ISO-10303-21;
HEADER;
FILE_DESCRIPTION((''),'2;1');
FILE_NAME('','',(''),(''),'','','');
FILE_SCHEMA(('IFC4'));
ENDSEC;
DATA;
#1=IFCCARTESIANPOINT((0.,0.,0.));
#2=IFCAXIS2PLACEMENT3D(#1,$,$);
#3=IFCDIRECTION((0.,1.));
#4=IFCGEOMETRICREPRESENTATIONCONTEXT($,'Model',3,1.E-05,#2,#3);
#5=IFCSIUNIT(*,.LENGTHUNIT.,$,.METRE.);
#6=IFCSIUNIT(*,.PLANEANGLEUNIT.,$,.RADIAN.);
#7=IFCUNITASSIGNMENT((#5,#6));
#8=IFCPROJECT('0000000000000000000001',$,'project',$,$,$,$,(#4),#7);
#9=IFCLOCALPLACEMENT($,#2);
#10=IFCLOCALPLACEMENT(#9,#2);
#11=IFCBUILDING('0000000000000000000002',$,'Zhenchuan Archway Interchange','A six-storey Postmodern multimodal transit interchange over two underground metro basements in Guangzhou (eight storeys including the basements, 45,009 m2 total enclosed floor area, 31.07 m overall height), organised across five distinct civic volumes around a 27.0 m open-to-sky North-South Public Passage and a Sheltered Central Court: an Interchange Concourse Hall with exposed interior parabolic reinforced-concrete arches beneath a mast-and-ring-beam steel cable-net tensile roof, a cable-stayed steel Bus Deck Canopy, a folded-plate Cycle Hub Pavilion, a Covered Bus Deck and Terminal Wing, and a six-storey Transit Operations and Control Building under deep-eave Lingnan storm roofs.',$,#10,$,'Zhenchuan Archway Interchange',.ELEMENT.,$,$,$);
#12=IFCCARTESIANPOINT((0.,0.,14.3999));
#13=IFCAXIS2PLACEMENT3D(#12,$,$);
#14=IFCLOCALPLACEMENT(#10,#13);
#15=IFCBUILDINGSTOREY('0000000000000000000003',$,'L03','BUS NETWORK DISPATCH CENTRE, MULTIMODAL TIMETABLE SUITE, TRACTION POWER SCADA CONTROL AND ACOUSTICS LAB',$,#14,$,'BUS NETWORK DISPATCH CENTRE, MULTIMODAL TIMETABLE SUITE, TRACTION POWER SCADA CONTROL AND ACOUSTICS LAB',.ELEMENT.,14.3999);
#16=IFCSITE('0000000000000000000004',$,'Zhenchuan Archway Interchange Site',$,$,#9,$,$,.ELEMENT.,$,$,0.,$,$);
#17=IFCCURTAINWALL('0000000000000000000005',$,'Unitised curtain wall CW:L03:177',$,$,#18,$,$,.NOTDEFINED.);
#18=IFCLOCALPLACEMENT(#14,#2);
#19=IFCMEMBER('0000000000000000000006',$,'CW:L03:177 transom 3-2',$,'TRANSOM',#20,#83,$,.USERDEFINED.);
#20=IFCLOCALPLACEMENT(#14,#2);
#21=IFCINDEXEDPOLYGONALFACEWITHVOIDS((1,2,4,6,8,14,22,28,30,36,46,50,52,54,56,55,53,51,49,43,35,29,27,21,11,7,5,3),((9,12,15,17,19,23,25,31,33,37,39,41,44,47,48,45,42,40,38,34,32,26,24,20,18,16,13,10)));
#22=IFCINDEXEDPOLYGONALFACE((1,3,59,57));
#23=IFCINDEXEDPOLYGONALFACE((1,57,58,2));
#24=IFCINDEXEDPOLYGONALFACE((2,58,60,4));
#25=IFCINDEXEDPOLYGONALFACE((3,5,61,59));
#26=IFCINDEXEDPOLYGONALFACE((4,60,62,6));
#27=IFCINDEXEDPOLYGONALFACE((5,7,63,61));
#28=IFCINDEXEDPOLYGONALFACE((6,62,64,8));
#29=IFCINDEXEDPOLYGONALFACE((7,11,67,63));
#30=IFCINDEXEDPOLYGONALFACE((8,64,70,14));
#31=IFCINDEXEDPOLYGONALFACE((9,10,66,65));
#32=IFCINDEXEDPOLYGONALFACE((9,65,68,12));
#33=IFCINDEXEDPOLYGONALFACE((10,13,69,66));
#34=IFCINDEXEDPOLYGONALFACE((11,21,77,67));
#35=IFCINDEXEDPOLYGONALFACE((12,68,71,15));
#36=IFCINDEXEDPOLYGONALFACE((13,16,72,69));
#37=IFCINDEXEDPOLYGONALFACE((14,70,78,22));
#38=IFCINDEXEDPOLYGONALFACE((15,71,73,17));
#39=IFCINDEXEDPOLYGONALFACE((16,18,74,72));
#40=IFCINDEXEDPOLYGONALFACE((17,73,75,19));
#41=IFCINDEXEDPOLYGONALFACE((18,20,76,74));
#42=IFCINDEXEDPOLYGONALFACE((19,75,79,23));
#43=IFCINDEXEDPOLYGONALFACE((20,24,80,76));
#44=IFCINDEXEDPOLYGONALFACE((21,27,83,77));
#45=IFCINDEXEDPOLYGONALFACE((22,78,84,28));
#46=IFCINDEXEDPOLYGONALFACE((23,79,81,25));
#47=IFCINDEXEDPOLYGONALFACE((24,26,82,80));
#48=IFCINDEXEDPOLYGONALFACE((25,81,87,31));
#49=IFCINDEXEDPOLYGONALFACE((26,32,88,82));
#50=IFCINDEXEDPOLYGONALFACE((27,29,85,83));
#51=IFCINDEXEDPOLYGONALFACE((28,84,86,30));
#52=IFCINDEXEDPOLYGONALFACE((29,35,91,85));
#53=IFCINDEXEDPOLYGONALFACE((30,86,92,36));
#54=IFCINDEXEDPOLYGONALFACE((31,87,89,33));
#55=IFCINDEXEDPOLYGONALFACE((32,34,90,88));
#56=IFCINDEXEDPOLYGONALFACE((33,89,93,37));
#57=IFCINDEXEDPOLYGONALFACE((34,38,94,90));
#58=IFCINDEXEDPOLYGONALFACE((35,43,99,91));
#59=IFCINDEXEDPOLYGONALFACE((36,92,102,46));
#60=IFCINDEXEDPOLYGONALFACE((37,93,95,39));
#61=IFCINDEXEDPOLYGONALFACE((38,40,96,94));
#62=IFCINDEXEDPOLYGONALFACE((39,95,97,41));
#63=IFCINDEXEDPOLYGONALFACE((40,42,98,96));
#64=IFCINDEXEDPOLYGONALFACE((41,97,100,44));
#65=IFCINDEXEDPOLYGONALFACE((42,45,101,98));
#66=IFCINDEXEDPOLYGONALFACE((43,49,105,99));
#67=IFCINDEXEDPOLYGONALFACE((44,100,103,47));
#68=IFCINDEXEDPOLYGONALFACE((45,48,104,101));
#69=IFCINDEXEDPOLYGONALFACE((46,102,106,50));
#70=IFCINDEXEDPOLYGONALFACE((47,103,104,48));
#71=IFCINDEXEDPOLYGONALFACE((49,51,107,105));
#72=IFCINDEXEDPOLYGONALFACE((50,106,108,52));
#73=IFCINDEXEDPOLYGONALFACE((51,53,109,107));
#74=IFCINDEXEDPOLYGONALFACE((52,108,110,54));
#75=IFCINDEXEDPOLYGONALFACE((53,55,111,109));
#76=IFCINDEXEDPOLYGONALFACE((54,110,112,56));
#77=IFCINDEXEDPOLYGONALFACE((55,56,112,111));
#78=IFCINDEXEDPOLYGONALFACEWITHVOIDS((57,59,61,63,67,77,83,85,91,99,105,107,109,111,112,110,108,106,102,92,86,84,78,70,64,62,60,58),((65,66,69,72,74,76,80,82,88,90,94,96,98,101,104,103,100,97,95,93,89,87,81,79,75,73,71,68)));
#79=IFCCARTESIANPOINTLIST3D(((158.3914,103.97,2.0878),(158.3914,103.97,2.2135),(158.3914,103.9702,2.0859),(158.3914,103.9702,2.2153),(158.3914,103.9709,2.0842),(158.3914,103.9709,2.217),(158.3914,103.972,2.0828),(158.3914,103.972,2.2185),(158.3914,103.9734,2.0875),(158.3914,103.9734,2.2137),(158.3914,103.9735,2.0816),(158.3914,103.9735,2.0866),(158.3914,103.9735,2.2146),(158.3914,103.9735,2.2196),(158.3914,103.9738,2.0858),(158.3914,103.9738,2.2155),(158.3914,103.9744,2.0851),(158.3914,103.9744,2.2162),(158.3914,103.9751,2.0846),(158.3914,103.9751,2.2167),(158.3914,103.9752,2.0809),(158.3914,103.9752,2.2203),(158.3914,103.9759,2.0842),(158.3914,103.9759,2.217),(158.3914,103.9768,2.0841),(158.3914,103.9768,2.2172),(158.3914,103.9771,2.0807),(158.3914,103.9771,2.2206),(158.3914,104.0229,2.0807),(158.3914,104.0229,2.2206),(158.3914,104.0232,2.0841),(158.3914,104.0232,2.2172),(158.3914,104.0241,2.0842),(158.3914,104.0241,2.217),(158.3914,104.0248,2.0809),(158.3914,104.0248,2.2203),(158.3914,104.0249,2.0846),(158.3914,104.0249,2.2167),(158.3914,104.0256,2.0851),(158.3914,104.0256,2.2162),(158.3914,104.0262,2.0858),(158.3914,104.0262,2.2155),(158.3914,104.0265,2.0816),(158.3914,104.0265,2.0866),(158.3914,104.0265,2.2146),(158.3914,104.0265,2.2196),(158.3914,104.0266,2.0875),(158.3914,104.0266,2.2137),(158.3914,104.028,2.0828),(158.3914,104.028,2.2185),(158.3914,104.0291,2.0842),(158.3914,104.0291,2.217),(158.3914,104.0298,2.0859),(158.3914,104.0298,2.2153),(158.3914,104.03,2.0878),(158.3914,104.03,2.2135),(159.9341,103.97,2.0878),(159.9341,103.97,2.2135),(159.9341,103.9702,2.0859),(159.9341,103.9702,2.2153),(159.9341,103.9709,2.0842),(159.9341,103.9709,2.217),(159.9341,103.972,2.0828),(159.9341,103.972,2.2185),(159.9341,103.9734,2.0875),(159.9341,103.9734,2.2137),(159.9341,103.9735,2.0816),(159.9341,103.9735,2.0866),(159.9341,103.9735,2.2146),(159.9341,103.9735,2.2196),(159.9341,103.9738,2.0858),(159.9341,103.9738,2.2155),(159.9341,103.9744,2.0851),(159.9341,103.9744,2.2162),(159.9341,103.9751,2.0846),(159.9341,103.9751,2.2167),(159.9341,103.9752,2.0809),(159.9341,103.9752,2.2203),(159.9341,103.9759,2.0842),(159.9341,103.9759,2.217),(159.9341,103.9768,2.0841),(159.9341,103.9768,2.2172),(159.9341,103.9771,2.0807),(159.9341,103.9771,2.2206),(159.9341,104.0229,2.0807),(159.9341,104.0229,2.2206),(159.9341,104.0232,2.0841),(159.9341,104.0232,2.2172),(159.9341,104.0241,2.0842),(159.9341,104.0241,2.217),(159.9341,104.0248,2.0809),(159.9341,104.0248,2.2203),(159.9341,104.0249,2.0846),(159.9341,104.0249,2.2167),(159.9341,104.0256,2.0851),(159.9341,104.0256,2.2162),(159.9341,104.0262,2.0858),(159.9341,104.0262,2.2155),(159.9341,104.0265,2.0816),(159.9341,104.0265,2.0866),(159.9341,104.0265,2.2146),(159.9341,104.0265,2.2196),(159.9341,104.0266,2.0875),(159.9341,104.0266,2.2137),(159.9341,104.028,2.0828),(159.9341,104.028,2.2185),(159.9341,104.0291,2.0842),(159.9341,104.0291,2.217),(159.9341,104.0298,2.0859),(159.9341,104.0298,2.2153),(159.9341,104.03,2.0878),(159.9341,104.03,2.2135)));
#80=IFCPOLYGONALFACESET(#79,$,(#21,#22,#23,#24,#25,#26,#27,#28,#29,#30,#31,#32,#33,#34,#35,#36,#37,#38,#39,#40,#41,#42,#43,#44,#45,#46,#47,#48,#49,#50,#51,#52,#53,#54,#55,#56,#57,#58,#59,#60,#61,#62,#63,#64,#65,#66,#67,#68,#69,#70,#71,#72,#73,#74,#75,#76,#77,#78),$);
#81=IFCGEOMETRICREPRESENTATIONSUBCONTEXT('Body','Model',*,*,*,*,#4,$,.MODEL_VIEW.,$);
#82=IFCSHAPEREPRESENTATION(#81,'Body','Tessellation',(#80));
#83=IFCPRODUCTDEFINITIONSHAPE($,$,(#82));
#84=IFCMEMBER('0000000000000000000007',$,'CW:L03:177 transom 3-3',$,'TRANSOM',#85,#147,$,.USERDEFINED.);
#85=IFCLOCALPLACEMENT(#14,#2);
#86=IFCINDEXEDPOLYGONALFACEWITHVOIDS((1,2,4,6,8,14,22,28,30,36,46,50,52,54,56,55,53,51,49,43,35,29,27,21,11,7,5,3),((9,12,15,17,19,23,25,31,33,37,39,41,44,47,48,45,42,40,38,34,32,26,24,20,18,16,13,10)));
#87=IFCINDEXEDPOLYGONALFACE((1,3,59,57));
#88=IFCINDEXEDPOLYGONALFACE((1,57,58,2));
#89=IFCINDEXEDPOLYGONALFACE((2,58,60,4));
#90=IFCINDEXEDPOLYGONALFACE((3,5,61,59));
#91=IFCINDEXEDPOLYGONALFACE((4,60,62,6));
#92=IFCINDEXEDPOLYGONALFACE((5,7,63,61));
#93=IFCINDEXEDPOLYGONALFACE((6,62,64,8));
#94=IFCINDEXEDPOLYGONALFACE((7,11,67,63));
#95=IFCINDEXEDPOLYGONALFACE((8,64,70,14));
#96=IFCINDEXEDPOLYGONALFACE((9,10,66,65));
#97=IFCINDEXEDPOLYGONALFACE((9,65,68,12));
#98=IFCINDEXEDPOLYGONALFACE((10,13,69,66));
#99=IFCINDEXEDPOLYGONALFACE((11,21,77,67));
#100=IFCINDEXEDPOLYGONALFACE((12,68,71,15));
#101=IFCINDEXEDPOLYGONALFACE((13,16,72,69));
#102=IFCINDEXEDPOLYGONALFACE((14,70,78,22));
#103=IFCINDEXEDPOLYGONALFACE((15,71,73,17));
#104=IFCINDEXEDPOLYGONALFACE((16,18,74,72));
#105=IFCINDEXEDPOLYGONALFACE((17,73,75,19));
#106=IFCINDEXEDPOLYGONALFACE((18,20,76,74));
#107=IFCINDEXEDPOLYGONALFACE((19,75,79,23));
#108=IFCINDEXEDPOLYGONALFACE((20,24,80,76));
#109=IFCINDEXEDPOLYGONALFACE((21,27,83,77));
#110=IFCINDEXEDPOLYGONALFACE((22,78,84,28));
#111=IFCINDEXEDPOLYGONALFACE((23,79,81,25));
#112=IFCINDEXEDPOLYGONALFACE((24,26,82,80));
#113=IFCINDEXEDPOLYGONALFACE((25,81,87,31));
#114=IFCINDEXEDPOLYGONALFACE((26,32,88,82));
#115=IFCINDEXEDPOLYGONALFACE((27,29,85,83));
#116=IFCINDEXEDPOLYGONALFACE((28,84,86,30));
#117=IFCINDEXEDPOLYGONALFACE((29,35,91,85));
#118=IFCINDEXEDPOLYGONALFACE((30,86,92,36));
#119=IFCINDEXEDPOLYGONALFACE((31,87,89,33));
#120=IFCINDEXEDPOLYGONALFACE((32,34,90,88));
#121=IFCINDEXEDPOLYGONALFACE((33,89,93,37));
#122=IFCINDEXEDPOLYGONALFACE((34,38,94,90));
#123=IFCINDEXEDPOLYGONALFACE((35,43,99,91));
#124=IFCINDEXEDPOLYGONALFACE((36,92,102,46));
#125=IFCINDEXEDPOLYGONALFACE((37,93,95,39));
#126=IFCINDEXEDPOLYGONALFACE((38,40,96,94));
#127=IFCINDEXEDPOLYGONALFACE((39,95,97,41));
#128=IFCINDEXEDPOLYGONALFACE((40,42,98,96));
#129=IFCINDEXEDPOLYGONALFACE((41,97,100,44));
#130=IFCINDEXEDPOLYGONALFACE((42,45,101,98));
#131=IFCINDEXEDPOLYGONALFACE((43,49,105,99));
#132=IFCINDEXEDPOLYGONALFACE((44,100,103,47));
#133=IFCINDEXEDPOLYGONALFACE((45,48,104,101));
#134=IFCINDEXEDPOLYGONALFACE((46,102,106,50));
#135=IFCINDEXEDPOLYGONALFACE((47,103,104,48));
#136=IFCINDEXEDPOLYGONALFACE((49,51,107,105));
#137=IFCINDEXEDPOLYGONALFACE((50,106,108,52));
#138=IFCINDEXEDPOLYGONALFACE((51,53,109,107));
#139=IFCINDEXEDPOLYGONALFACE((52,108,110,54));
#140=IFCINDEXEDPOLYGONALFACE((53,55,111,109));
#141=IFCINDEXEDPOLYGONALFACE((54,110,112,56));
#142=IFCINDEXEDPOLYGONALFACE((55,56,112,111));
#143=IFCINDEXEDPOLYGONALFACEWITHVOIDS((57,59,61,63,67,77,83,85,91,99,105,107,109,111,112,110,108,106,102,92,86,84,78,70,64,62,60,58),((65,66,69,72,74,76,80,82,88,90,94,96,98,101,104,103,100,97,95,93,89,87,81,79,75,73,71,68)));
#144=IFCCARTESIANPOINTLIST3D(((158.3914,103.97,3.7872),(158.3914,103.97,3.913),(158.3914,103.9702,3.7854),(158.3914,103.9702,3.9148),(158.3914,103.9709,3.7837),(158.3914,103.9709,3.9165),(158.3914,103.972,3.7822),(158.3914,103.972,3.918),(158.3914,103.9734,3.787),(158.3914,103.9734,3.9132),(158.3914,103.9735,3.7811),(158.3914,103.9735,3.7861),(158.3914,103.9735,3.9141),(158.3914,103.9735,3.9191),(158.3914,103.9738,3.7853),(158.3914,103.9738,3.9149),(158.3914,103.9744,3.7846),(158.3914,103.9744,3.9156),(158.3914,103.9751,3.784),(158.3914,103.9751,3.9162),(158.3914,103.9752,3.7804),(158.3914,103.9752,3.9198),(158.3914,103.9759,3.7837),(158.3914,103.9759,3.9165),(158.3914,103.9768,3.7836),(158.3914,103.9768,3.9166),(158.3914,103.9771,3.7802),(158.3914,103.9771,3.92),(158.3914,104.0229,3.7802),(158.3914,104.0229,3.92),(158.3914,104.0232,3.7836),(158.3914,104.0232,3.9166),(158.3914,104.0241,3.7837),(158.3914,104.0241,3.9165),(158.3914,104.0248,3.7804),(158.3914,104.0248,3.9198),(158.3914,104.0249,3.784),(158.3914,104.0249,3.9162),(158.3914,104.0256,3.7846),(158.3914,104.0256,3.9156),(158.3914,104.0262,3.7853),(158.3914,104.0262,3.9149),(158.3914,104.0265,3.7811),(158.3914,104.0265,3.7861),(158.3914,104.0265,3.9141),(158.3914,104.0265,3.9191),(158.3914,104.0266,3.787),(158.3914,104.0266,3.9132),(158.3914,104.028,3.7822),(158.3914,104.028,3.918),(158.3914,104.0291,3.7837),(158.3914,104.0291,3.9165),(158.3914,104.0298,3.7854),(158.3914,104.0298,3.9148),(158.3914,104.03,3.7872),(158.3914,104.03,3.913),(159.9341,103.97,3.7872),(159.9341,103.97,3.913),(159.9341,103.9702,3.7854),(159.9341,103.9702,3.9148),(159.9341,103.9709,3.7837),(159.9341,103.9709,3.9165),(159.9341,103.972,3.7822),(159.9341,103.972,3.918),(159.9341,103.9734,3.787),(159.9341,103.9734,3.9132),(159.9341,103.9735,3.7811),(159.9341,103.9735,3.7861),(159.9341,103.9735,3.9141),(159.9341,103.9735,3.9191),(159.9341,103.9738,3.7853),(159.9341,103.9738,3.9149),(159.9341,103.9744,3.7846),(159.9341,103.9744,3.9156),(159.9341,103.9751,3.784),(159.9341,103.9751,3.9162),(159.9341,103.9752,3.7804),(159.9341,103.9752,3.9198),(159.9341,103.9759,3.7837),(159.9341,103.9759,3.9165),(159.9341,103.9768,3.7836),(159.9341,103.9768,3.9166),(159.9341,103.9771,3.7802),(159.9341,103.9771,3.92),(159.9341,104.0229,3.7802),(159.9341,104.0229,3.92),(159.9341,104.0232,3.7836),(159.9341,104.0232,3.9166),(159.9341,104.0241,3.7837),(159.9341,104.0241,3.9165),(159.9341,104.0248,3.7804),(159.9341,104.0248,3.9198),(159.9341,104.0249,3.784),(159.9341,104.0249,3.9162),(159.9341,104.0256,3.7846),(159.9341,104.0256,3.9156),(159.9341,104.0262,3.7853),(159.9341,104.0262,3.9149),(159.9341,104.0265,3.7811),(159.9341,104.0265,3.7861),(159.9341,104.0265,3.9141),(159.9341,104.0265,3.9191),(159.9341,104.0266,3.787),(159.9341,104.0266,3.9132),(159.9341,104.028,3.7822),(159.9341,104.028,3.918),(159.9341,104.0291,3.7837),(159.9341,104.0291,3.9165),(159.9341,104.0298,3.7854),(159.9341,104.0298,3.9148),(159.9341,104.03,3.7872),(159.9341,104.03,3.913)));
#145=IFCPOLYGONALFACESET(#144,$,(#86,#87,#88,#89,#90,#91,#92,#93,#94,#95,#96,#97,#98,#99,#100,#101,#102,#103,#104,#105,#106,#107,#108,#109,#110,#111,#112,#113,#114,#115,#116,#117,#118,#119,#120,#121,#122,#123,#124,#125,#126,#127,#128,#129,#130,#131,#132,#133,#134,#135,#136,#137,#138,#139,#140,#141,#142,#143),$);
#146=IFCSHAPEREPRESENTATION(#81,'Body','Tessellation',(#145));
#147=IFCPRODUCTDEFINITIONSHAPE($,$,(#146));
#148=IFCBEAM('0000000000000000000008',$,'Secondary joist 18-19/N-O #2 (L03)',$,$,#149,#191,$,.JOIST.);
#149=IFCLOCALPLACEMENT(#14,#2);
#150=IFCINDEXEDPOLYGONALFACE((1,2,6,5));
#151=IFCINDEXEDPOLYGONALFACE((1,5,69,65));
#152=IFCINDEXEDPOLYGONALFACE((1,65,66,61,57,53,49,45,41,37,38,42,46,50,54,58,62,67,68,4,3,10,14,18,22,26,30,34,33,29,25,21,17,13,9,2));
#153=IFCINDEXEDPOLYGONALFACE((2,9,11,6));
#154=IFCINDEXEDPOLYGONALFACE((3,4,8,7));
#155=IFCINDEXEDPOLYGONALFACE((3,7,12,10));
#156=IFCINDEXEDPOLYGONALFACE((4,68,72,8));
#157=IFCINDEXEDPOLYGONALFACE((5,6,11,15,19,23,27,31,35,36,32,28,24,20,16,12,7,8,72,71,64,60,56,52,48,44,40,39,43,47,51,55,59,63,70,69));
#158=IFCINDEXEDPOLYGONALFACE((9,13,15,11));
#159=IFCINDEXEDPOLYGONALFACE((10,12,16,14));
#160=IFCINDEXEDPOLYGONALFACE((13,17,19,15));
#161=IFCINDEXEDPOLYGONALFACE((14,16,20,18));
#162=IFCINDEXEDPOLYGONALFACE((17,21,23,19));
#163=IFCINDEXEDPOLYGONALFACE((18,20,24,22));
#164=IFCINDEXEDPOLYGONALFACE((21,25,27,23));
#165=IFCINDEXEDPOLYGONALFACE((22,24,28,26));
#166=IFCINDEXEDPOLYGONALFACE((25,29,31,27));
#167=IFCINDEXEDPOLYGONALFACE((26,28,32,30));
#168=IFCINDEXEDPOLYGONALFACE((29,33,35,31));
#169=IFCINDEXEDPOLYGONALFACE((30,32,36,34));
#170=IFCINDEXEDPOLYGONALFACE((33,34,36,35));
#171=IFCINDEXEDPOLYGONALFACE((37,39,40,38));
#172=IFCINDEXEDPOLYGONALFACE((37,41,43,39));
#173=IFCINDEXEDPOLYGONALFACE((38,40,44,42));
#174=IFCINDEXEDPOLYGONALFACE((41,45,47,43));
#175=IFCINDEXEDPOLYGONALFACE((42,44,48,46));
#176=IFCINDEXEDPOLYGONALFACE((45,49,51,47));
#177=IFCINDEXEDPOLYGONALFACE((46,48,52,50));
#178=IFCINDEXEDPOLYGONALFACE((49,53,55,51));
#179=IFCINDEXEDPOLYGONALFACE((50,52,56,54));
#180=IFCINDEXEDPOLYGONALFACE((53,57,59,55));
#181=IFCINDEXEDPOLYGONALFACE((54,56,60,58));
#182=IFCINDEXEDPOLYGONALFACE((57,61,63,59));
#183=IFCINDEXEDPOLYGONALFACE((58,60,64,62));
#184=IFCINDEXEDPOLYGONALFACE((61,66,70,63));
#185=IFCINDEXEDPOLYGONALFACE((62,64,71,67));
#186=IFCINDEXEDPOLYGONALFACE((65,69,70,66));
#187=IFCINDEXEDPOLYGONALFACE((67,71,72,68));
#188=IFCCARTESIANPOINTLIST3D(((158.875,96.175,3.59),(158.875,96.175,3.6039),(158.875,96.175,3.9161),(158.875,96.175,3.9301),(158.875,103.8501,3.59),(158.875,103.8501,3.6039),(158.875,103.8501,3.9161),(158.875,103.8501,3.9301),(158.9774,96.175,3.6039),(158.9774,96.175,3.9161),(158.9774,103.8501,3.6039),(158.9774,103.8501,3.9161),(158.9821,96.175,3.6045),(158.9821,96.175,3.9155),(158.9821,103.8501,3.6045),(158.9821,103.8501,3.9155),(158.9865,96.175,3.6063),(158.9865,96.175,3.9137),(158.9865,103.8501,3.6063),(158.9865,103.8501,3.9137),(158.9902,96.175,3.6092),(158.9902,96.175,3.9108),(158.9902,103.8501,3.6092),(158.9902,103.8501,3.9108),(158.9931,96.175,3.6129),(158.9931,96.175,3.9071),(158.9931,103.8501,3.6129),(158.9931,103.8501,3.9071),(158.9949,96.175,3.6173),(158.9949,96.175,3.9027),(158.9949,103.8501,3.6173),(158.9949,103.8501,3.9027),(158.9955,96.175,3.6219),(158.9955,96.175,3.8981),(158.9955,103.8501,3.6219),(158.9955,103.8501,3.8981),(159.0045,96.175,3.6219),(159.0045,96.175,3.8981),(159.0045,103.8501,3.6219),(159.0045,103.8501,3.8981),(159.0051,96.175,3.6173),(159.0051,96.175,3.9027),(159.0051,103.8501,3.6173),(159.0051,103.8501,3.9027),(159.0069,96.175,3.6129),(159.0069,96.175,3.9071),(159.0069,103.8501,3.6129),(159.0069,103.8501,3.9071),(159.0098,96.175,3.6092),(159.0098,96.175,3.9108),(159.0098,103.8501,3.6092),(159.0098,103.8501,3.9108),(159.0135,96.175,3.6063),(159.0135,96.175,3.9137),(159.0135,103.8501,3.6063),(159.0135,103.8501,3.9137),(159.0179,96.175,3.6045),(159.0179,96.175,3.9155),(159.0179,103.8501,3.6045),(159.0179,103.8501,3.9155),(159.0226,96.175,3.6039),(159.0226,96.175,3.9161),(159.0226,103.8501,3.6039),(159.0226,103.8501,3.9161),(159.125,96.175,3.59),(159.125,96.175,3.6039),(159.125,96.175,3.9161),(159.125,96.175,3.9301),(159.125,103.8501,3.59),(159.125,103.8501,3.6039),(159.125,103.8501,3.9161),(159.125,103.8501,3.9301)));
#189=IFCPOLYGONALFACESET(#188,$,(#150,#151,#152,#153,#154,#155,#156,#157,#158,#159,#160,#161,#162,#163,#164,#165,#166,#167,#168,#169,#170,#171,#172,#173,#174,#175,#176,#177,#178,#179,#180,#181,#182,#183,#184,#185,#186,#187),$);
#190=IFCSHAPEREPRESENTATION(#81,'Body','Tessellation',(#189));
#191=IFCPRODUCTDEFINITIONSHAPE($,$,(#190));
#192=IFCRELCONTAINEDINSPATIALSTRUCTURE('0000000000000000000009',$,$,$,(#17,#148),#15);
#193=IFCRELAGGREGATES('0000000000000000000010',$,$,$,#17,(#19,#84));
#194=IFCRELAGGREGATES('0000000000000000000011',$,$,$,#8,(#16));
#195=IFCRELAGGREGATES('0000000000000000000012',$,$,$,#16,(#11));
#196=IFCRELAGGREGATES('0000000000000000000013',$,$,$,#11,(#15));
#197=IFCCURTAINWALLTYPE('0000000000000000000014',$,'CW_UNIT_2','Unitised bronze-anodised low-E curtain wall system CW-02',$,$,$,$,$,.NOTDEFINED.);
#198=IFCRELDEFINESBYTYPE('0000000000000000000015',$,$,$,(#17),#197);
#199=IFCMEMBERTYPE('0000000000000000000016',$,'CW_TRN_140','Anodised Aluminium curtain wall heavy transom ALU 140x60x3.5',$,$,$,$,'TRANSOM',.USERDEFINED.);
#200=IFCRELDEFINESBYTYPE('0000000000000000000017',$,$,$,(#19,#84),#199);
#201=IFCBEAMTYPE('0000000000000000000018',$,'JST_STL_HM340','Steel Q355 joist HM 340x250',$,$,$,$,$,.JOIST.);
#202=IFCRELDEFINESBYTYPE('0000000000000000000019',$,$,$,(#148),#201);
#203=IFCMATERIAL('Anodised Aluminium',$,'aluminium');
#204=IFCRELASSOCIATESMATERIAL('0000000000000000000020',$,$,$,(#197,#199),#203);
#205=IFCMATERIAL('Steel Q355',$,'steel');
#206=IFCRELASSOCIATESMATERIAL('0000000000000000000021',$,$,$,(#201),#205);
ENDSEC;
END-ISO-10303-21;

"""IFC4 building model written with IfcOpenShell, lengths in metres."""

from ifc_helpers import new_model, si_unit, direction, frame, origin, origin_2d, place, context, subcontext, project, spatial, hollow_rectangle, i_section, extrude, material, material_profile, profile_set, type_object, element, aggregate, save


model = new_model("IFC4")

# Units and contexts
model_context = context("Model", 3, precision=1e-05, world=origin(), true_north=direction((0.0, 1.0)))
body_context = subcontext(model_context, "Body", "Model", "MODEL_VIEW")
ifc_project = project(units=[si_unit("LENGTHUNIT", "METRE"), si_unit("PLANEANGLEUNIT", "RADIAN")], contexts=[model_context])

# Site, building, storey
site_placement = place(None, origin())
site = spatial("IfcSite", under=ifc_project, at=site_placement, Name="Zhenchuan Archway Interchange Site", CompositionType="ELEMENT", RefElevation=0.0)
building_placement = place(site_placement, origin())
building = spatial("IfcBuilding", under=site, at=building_placement, Name="Zhenchuan Archway Interchange", Description="A six-storey Postmodern multimodal transit interchange over two underground metro basements in Guangzhou (eight storeys including the basements, 45,009 m2 total enclosed floor area, 31.07 m overall height), organised across five distinct civic volumes around a 27.0 m open-to-sky North-South Public Passage and a Sheltered Central Court: an Interchange Concourse Hall with exposed interior parabolic reinforced-concrete arches beneath a mast-and-ring-beam steel cable-net tensile roof, a cable-stayed steel Bus Deck Canopy, a folded-plate Cycle Hub Pavilion, a Covered Bus Deck and Terminal Wing, and a six-storey Transit Operations and Control Building under deep-eave Lingnan storm roofs.", LongName="Zhenchuan Archway Interchange", CompositionType="ELEMENT")
storey_placement = place(building_placement, frame((0.0, 0.0, 14.3999)))
storey = spatial("IfcBuildingStorey", under=building, at=storey_placement, Name="L03", Description="BUS NETWORK DISPATCH CENTRE, MULTIMODAL TIMETABLE SUITE, TRACTION POWER SCADA CONTROL AND ACOUSTICS LAB", LongName="BUS NETWORK DISPATCH CENTRE, MULTIMODAL TIMETABLE SUITE, TRACTION POWER SCADA CONTROL AND ACOUSTICS LAB", CompositionType="ELEMENT", Elevation=14.3999)

# Curtain wall, members
ifc_material_1 = material(Name="Anodised Aluminium", Category="aluminium")
curtain_wall_type = type_object("IfcCurtainWallType", Name="CW_UNIT_2", Description="Unitised bronze-anodised low-E curtain wall system CW-02", PredefinedType="NOTDEFINED", material=ifc_material_1)
curtain_wall_placement = place(storey_placement, origin())
curtain_wall = element("IfcCurtainWall", 1, at=curtain_wall_placement, inside=storey, type_object=curtain_wall_type, Name="Unitised curtain wall CW:L03:177", PredefinedType="NOTDEFINED")
ifc_material_profile_1 = material_profile(ifc_material_1, hollow_rectangle(XDim=0.0601, YDim=0.1399, WallThickness=0.0034, InnerFilletRadius=0.0034, OuterFilletRadius=0.0071, at=origin_2d()), Name="ALU 140x60x3.5")
ifc_profile_set_1 = profile_set([ifc_material_profile_1], Name="Anodised Aluminium")
member_type_1 = type_object("IfcMemberType", Name="CW_TRN_140", Description="Anodised Aluminium curtain wall heavy transom ALU 140x60x3.5", ElementType="TRANSOM", PredefinedType="USERDEFINED", material=ifc_profile_set_1)
member_1_placement = place(storey_placement, frame((158.3914, 104.0, 2.1506), z_axis=(1.0, 0.0, 0.0), x_axis=(0.0, 1.0, 0.0)))
member_1 = element("IfcMember", 2, at=member_1_placement, type_object=member_type_1, Name="CW:L03:177 transom 3-2", ObjectType="TRANSOM", PredefinedType="USERDEFINED", context=body_context, shape_type="SweptSolid", body=[
    extrude(hollow_rectangle(XDim=0.0601, YDim=0.1399, WallThickness=0.0034, InnerFilletRadius=0.0034, OuterFilletRadius=0.0071, at=origin_2d()), origin(), (0.0, 0.0, 1.0), 1.5427),
])
member_2_placement = place(storey_placement, frame((158.3914, 104.0, 3.8501), z_axis=(1.0, 0.0, 0.0), x_axis=(0.0, 1.0, 0.0)))
member_2 = element("IfcMember", 3, at=member_2_placement, type_object=member_type_1, Name="CW:L03:177 transom 3-3", ObjectType="TRANSOM", PredefinedType="USERDEFINED", context=body_context, shape_type="SweptSolid", body=[
    extrude(hollow_rectangle(XDim=0.0601, YDim=0.1399, WallThickness=0.0034, InnerFilletRadius=0.0034, OuterFilletRadius=0.0071, at=origin_2d()), origin(), (0.0, 0.0, 1.0), 1.5427),
])

# Beam
ifc_material_2 = material(Name="Steel Q355", Category="steel")
ifc_material_profile_2 = material_profile(ifc_material_2, i_section(OverallWidth=0.25, OverallDepth=0.3401, WebThickness=0.009, FlangeThickness=0.0139, FilletRadius=0.0181, at=origin_2d()), Name="HM 340x250")
ifc_profile_set_2 = profile_set([ifc_material_profile_2], Name="Steel Q355")
beam_type_1 = type_object("IfcBeamType", Name="JST_STL_HM340", Description="Steel Q355 joist HM 340x250", PredefinedType="JOIST", material=ifc_profile_set_2)
beam_1_placement = place(storey_placement, frame((159.0, 96.175, 3.76), z_axis=(0.0, 1.0, 0.0), x_axis=(-1.0, 0.0, 0.0)))
element("IfcBeam", 4, at=beam_1_placement, inside=storey, type_object=beam_type_1, Name="Secondary joist 18-19/N-O #2 (L03)", PredefinedType="JOIST", context=body_context, shape_type="SweptSolid", body=[
    extrude(i_section(OverallWidth=0.25, OverallDepth=0.3401, WebThickness=0.009, FlangeThickness=0.0139, FilletRadius=0.0181, at=origin_2d()), origin(), (0.0, 0.0, 1.0), 7.675),
])

aggregate(curtain_wall, [member_1, member_2])

save(model, "model.ifc")
